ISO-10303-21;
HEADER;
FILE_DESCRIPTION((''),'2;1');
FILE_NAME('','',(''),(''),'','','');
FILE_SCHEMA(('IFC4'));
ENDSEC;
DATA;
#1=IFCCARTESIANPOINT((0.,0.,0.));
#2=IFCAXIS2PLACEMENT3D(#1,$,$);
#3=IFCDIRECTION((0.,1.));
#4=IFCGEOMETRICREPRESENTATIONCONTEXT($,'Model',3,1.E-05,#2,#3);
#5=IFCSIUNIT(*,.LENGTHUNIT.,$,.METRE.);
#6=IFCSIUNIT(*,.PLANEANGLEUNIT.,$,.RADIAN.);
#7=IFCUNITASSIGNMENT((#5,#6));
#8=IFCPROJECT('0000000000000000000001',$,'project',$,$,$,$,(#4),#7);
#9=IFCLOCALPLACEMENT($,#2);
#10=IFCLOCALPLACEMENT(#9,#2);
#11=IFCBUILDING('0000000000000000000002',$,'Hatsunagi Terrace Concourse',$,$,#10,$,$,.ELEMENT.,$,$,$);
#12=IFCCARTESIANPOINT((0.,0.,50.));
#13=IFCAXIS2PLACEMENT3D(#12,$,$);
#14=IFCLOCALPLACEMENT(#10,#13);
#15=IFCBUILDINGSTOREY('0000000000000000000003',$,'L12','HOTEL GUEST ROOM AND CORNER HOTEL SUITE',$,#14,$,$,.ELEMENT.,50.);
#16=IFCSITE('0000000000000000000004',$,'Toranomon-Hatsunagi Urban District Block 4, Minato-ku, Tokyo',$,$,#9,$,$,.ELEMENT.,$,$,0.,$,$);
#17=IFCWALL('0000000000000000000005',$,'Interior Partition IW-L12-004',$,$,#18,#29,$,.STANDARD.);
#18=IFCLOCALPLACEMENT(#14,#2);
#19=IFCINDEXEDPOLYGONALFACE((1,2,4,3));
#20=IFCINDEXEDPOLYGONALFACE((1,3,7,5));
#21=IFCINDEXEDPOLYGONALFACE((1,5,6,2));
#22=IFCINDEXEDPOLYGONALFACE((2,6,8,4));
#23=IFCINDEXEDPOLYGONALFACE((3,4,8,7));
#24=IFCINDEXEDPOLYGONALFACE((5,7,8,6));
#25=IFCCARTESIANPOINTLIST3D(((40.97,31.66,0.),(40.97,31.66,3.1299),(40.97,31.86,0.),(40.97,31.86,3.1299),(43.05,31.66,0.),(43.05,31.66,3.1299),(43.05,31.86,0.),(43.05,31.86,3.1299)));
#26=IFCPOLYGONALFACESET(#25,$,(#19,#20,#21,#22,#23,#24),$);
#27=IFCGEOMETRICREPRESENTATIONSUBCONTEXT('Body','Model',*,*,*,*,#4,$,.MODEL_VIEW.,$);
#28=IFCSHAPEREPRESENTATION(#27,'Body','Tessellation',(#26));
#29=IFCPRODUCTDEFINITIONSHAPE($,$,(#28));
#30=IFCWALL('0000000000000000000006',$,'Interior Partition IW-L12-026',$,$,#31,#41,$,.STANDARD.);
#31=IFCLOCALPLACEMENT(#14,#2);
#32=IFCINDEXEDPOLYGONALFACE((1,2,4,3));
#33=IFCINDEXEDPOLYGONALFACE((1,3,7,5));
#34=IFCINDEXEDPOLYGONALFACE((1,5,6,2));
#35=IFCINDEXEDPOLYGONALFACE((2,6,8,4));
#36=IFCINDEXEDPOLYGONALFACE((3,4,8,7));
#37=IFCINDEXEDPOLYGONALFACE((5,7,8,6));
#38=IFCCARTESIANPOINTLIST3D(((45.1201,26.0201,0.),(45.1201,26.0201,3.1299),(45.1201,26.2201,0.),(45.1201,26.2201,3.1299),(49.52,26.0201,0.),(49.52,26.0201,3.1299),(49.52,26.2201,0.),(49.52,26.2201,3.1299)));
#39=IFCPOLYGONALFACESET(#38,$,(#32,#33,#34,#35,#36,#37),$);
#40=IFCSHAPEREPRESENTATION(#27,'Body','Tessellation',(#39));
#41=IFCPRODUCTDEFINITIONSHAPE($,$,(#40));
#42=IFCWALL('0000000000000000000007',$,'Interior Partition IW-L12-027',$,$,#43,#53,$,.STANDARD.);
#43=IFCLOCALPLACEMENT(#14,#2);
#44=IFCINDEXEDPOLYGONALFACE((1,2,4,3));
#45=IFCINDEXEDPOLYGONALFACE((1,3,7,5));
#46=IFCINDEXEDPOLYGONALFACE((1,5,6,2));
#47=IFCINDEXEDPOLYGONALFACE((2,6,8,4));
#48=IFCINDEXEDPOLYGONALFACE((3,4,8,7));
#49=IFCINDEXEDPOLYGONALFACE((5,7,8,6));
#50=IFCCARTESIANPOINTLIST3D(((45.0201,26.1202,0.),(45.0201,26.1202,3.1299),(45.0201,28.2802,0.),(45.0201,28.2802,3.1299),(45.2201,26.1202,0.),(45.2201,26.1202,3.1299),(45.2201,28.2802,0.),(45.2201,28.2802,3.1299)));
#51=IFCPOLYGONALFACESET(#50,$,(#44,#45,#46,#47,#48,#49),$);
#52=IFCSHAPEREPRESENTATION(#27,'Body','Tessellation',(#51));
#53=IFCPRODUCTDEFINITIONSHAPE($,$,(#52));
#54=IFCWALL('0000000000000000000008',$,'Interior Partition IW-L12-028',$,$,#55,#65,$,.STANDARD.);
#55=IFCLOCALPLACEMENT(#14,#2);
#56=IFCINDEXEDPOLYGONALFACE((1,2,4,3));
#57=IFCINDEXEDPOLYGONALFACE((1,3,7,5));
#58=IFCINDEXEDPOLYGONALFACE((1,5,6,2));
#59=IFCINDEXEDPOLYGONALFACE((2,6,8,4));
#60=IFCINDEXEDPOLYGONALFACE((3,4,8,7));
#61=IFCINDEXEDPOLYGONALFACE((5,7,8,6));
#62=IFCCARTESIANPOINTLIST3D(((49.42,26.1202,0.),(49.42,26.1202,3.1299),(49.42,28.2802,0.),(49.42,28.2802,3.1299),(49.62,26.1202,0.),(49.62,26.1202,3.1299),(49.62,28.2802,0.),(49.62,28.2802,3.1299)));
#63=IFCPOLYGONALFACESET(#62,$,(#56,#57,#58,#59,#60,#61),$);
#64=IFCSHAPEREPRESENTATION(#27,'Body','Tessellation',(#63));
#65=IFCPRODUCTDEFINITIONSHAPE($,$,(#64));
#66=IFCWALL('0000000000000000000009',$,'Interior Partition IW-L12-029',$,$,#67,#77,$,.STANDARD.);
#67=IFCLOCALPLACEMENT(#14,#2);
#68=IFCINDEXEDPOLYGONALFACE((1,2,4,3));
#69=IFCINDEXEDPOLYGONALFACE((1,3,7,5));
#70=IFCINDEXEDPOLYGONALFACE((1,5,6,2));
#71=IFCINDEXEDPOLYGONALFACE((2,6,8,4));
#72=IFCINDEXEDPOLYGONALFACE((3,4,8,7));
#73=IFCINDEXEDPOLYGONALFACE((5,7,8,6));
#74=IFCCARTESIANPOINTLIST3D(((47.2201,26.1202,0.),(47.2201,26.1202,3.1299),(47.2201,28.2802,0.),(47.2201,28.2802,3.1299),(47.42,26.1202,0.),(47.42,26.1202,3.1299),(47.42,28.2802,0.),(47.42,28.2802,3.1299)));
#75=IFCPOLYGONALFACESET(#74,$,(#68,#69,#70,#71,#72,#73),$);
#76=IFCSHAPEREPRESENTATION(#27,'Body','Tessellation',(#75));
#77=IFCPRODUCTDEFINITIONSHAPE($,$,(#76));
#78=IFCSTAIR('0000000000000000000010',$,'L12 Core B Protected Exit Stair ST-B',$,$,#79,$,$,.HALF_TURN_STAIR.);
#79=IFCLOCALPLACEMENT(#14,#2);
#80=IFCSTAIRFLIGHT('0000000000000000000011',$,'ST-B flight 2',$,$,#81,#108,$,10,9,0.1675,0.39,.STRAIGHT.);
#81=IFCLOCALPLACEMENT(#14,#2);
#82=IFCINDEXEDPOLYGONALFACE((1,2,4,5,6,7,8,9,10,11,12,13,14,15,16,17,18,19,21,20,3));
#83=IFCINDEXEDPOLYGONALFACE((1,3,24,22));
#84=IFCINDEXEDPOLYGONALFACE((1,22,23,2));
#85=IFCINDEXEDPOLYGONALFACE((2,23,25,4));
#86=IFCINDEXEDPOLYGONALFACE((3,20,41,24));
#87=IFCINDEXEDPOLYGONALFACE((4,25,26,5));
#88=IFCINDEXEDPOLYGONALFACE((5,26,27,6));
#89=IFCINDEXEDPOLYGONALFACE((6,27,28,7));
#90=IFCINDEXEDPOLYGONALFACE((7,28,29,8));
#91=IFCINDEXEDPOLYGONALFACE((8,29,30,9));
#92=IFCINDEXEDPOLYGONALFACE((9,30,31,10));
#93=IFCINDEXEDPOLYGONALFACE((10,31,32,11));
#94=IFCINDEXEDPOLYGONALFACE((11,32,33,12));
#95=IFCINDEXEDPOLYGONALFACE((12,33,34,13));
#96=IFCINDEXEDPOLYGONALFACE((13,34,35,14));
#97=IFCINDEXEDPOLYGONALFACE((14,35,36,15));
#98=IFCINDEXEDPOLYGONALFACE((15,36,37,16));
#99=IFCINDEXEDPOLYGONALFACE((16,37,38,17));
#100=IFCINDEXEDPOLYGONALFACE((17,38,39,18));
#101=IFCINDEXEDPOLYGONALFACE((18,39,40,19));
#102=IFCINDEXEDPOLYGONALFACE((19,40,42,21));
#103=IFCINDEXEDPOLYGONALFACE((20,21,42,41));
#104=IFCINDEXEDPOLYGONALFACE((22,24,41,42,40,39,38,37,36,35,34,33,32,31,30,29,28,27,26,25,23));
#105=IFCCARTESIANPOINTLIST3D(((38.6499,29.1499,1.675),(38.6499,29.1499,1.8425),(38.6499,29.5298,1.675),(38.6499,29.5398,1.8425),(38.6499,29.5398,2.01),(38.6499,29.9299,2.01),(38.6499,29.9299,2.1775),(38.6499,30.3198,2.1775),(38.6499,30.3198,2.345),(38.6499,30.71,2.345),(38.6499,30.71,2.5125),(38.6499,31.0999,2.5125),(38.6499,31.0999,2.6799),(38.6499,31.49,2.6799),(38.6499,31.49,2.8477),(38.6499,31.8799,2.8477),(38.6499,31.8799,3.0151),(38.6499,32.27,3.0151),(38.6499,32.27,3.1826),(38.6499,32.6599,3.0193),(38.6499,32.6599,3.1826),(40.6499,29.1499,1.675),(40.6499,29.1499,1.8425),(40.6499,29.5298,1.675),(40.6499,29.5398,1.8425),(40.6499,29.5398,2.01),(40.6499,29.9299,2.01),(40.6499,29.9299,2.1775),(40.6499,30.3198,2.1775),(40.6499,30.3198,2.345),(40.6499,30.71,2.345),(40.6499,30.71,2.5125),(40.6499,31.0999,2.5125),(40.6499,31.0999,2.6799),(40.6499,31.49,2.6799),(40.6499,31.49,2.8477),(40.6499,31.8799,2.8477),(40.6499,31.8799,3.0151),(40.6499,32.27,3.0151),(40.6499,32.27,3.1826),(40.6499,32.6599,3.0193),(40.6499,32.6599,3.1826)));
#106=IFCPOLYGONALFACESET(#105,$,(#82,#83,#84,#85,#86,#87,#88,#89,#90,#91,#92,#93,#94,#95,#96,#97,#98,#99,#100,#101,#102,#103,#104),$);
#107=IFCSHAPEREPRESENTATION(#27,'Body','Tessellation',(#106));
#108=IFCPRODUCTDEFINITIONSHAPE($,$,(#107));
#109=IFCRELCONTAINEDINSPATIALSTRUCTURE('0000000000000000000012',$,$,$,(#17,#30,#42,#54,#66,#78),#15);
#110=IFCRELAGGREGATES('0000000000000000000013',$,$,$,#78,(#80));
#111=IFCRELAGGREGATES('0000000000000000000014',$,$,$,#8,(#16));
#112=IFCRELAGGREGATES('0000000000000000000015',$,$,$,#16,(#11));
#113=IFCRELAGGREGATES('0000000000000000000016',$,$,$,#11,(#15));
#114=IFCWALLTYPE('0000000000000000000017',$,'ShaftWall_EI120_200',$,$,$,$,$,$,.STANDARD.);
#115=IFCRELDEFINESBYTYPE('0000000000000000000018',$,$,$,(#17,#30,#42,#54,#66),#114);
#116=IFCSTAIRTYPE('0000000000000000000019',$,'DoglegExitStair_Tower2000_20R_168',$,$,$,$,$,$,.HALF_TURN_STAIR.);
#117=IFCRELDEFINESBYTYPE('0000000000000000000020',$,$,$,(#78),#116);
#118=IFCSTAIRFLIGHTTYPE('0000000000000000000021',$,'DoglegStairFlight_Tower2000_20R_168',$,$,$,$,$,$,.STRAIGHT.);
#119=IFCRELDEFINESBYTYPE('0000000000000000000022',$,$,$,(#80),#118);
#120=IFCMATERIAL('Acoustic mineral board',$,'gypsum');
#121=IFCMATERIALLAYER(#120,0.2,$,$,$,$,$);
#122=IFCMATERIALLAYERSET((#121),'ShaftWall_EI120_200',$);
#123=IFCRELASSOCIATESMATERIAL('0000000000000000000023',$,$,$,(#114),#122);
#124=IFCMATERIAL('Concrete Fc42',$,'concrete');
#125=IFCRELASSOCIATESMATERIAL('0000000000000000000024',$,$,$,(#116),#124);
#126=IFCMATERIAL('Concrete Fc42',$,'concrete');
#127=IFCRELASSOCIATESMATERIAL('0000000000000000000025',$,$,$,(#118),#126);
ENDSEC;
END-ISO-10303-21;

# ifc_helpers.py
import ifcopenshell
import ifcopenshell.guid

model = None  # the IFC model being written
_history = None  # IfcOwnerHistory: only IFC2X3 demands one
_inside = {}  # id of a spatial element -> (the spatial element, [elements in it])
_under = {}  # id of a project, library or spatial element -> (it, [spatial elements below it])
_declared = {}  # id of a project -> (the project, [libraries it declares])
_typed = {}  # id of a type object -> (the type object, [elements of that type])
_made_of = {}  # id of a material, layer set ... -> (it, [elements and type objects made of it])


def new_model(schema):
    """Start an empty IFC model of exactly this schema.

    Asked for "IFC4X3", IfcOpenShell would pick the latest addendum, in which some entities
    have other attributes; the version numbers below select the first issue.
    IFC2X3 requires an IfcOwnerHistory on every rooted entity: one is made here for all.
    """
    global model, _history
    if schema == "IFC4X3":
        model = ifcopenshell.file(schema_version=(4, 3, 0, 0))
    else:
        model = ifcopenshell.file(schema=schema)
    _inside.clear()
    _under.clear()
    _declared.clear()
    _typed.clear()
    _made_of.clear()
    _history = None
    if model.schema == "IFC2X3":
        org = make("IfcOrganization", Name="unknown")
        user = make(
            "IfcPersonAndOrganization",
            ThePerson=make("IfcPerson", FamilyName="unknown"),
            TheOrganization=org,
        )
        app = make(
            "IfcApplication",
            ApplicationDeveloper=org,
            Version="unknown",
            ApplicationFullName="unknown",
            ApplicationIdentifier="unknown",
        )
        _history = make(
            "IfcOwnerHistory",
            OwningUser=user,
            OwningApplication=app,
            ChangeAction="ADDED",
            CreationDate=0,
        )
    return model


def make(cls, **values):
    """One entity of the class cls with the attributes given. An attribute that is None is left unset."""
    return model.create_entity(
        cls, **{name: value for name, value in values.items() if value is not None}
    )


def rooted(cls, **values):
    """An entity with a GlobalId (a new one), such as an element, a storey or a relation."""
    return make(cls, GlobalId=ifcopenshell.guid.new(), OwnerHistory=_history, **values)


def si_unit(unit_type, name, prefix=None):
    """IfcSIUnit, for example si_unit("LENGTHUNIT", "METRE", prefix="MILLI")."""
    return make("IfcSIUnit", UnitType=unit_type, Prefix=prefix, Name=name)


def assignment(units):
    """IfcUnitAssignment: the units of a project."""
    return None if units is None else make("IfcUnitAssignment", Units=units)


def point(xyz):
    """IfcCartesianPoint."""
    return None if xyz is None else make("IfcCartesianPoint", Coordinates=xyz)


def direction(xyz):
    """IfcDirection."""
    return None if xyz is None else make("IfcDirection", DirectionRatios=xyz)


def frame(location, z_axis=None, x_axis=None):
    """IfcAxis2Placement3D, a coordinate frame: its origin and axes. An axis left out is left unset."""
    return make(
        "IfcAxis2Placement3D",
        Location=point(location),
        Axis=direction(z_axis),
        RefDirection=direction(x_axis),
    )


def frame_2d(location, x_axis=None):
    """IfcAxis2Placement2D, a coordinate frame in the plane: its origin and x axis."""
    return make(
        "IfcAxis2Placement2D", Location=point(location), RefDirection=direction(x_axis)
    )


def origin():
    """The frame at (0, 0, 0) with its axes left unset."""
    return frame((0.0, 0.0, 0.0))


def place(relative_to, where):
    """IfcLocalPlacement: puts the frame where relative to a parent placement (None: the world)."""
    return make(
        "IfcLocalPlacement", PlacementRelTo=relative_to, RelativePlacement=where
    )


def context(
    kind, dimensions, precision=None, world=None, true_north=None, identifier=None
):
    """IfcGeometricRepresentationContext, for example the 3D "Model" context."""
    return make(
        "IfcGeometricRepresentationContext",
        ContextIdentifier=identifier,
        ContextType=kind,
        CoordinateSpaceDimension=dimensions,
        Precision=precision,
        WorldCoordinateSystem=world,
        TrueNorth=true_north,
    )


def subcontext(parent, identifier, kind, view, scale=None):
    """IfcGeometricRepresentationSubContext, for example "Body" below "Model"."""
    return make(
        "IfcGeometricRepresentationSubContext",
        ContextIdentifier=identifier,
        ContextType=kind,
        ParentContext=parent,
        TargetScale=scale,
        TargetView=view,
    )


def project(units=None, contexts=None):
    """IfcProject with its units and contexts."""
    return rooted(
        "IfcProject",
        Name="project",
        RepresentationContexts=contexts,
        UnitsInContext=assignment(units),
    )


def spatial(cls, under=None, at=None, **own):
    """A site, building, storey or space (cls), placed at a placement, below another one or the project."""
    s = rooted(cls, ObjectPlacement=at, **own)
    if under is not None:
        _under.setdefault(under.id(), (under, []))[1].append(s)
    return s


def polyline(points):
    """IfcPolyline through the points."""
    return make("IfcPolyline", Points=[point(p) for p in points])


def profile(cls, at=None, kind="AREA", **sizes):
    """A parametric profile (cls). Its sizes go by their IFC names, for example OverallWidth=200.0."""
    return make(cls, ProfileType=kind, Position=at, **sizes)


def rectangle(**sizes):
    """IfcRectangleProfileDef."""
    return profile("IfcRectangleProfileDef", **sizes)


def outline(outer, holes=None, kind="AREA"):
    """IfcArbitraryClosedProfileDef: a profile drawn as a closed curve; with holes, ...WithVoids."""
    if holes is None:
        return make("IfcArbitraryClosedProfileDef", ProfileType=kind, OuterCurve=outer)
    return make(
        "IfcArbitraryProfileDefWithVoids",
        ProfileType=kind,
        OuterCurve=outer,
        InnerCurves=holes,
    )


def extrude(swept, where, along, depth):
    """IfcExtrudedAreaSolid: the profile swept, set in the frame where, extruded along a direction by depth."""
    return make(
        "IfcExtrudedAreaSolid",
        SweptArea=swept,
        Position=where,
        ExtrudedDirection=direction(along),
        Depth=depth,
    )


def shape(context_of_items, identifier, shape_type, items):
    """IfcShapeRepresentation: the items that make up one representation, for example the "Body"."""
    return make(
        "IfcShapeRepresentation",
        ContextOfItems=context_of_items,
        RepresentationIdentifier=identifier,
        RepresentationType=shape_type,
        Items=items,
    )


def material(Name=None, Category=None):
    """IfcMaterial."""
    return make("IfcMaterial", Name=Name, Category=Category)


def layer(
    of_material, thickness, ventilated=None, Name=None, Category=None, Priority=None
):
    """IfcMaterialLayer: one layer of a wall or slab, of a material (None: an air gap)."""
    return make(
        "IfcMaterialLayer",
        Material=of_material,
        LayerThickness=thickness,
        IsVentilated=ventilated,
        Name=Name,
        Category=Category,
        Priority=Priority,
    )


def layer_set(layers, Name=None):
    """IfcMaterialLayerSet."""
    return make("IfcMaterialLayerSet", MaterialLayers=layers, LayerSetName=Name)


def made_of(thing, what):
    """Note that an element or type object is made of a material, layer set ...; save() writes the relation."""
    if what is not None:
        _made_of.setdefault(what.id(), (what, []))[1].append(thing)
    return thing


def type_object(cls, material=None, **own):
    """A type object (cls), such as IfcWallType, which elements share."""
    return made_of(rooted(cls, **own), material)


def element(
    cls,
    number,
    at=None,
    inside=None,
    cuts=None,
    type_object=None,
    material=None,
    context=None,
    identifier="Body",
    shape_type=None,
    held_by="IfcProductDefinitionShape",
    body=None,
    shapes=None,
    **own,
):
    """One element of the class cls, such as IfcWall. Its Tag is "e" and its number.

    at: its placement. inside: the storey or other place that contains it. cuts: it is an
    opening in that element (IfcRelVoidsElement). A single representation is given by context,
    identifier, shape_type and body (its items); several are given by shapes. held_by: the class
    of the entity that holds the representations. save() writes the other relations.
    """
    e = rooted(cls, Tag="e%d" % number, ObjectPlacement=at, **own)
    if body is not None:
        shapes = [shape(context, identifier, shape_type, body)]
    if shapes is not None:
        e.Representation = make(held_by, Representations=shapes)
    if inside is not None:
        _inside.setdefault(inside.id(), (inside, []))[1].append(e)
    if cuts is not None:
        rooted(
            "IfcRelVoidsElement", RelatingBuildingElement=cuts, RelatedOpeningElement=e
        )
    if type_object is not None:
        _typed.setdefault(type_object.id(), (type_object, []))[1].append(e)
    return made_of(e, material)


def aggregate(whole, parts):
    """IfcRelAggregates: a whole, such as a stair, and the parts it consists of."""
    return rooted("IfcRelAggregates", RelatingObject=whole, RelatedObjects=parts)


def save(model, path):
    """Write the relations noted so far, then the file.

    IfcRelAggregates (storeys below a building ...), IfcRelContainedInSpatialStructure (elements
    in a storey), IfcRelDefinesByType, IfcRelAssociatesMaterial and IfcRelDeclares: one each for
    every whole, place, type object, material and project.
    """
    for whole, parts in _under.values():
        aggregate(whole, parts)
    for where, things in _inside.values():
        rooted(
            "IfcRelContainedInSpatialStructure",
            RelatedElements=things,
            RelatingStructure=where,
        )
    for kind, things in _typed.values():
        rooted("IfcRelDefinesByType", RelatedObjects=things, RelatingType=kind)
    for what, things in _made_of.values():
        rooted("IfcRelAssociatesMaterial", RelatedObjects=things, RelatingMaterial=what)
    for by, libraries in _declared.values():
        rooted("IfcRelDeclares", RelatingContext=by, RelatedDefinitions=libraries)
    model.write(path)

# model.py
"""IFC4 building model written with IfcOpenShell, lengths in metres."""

from ifc_helpers import new_model, si_unit, direction, frame, frame_2d, origin, place, context, subcontext, project, spatial, polyline, rectangle, outline, extrude, material, layer, layer_set, type_object, element, aggregate, save


model = new_model("IFC4")

# Units and contexts
model_context = context("Model", 3, precision=1e-05, world=origin(), true_north=direction((0.0, 1.0)))
body_context = subcontext(model_context, "Body", "Model", "MODEL_VIEW")
ifc_project = project(units=[si_unit("LENGTHUNIT", "METRE"), si_unit("PLANEANGLEUNIT", "RADIAN")], contexts=[model_context])

# Site, building, storey
site_placement = place(None, origin())
site = spatial("IfcSite", under=ifc_project, at=site_placement, Name="Toranomon-Hatsunagi Urban District Block 4, Minato-ku, Tokyo", CompositionType="ELEMENT", RefElevation=0.0)
building_placement = place(site_placement, origin())
building = spatial("IfcBuilding", under=site, at=building_placement, Name="Hatsunagi Terrace Concourse", CompositionType="ELEMENT")
storey_placement = place(building_placement, frame((0.0, 0.0, 50.0)))
storey = spatial("IfcBuildingStorey", under=building, at=storey_placement, Name="L12", Description="HOTEL GUEST ROOM AND CORNER HOTEL SUITE", CompositionType="ELEMENT", Elevation=50.0)

# Walls
ifc_material_1 = material(Name="Acoustic mineral board", Category="gypsum")
ifc_layer_1 = layer(ifc_material_1, 0.2)
ifc_layer_set_1 = layer_set([ifc_layer_1], Name="ShaftWall_EI120_200")
wall_type_1 = type_object("IfcWallType", Name="ShaftWall_EI120_200", PredefinedType="STANDARD", material=ifc_layer_set_1)
wall_1_placement = place(storey_placement, frame((40.97, 31.76, 0.0), z_axis=(0.0, 0.0, 1.0), x_axis=(1.0, 0.0, 0.0)))
element("IfcWall", 1, at=wall_1_placement, inside=storey, type_object=wall_type_1, Name="Interior Partition IW-L12-004", PredefinedType="STANDARD", context=body_context, shape_type="SweptSolid", body=[
    extrude(rectangle(XDim=2.0801, YDim=0.2, at=frame_2d((1.04, 0.0))), origin(), (0.0, 0.0, 1.0), 3.1299),
])
wall_2_placement = place(storey_placement, frame((45.1201, 26.1201, 0.0), z_axis=(0.0, 0.0, 1.0), x_axis=(1.0, 0.0, 0.0)))
element("IfcWall", 2, at=wall_2_placement, inside=storey, type_object=wall_type_1, Name="Interior Partition IW-L12-026", PredefinedType="STANDARD", context=body_context, shape_type="SweptSolid", body=[
    extrude(rectangle(XDim=4.3999, YDim=0.2, at=frame_2d((2.2, 0.0))), origin(), (0.0, 0.0, 1.0), 3.1299),
])
for number, where, z_axis, x_axis, name in (
    (3, (45.1201, 26.1201, 0.0), (0.0, 0.0, 1.0), (0.0, 1.0, 0.0), "Interior Partition IW-L12-027"),
    (4, (49.52, 26.1201, 0.0), (0.0, 0.0, 1.0), (0.0, 1.0, 0.0), "Interior Partition IW-L12-028"),
    (5, (47.3201, 26.1201, 0.0), (0.0, 0.0, 1.0), (0.0, 1.0, 0.0), "Interior Partition IW-L12-029"),
):
    element("IfcWall", number, at=place(storey_placement, frame(where, z_axis=z_axis, x_axis=x_axis)), inside=storey, type_object=wall_type_1, Name=name, PredefinedType="STANDARD", context=body_context, shape_type="SweptSolid", body=[
        extrude(rectangle(XDim=2.1599, YDim=0.2, at=frame_2d((1.0801, 0.0))), origin(), (0.0, 0.0, 1.0), 3.1299),
    ])

# Stair, stair flight
ifc_material_2 = material(Name="Concrete Fc42", Category="concrete")
stair_type = type_object("IfcStairType", Name="DoglegExitStair_Tower2000_20R_168", PredefinedType="HALF_TURN_STAIR", material=ifc_material_2)
stair_placement = place(storey_placement, origin())
stair = element("IfcStair", 6, at=stair_placement, inside=storey, type_object=stair_type, Name="L12 Core B Protected Exit Stair ST-B", PredefinedType="HALF_TURN_STAIR")
ifc_material_3 = material(Name="Concrete Fc42", Category="concrete")
stair_flight_type = type_object("IfcStairFlightType", Name="DoglegStairFlight_Tower2000_20R_168", PredefinedType="STRAIGHT", material=ifc_material_3)
stair_flight_placement = place(storey_placement, frame((39.6499, 29.1499, 1.675), z_axis=(0.0, 0.0, 1.0), x_axis=(0.0, 1.0, 0.0)))
stair_flight = element("IfcStairFlight", 7, at=stair_flight_placement, type_object=stair_flight_type, Name="ST-B flight 2", NumberOfRisers=10, NumberOfTreads=9, PredefinedType="STRAIGHT", RiserHeight=0.1675, TreadLength=0.39, context=body_context, shape_type="SweptSolid", body=[
    extrude(outline(polyline([(0.0, 0.0), (0.0, 0.1675), (0.3899, 0.1675), (0.3899, 0.335), (0.78, 0.335), (0.78, 0.5024), (1.1699, 0.5024), (1.1699, 0.6699), (1.5601, 0.6699), (1.5601, 0.8374), (1.95, 0.8374), (1.95, 1.0049), (2.3401, 1.0049), (2.3401, 1.1726), (2.73, 1.1726), (2.73, 1.3401), (3.1201, 1.3401), (3.1201, 1.5076), (3.51, 1.5076), (3.51, 1.675), (3.51, 1.3442), (0.3799, 0.0), (0.0, 0.0)])), frame((0.0, 1.0, 0.0), z_axis=(0.0, -1.0, 0.0), x_axis=(1.0, 0.0, 0.0)), (0.0, 0.0, 1.0), 2.0),
])
aggregate(stair, [stair_flight])

save(model, "model.ifc")
